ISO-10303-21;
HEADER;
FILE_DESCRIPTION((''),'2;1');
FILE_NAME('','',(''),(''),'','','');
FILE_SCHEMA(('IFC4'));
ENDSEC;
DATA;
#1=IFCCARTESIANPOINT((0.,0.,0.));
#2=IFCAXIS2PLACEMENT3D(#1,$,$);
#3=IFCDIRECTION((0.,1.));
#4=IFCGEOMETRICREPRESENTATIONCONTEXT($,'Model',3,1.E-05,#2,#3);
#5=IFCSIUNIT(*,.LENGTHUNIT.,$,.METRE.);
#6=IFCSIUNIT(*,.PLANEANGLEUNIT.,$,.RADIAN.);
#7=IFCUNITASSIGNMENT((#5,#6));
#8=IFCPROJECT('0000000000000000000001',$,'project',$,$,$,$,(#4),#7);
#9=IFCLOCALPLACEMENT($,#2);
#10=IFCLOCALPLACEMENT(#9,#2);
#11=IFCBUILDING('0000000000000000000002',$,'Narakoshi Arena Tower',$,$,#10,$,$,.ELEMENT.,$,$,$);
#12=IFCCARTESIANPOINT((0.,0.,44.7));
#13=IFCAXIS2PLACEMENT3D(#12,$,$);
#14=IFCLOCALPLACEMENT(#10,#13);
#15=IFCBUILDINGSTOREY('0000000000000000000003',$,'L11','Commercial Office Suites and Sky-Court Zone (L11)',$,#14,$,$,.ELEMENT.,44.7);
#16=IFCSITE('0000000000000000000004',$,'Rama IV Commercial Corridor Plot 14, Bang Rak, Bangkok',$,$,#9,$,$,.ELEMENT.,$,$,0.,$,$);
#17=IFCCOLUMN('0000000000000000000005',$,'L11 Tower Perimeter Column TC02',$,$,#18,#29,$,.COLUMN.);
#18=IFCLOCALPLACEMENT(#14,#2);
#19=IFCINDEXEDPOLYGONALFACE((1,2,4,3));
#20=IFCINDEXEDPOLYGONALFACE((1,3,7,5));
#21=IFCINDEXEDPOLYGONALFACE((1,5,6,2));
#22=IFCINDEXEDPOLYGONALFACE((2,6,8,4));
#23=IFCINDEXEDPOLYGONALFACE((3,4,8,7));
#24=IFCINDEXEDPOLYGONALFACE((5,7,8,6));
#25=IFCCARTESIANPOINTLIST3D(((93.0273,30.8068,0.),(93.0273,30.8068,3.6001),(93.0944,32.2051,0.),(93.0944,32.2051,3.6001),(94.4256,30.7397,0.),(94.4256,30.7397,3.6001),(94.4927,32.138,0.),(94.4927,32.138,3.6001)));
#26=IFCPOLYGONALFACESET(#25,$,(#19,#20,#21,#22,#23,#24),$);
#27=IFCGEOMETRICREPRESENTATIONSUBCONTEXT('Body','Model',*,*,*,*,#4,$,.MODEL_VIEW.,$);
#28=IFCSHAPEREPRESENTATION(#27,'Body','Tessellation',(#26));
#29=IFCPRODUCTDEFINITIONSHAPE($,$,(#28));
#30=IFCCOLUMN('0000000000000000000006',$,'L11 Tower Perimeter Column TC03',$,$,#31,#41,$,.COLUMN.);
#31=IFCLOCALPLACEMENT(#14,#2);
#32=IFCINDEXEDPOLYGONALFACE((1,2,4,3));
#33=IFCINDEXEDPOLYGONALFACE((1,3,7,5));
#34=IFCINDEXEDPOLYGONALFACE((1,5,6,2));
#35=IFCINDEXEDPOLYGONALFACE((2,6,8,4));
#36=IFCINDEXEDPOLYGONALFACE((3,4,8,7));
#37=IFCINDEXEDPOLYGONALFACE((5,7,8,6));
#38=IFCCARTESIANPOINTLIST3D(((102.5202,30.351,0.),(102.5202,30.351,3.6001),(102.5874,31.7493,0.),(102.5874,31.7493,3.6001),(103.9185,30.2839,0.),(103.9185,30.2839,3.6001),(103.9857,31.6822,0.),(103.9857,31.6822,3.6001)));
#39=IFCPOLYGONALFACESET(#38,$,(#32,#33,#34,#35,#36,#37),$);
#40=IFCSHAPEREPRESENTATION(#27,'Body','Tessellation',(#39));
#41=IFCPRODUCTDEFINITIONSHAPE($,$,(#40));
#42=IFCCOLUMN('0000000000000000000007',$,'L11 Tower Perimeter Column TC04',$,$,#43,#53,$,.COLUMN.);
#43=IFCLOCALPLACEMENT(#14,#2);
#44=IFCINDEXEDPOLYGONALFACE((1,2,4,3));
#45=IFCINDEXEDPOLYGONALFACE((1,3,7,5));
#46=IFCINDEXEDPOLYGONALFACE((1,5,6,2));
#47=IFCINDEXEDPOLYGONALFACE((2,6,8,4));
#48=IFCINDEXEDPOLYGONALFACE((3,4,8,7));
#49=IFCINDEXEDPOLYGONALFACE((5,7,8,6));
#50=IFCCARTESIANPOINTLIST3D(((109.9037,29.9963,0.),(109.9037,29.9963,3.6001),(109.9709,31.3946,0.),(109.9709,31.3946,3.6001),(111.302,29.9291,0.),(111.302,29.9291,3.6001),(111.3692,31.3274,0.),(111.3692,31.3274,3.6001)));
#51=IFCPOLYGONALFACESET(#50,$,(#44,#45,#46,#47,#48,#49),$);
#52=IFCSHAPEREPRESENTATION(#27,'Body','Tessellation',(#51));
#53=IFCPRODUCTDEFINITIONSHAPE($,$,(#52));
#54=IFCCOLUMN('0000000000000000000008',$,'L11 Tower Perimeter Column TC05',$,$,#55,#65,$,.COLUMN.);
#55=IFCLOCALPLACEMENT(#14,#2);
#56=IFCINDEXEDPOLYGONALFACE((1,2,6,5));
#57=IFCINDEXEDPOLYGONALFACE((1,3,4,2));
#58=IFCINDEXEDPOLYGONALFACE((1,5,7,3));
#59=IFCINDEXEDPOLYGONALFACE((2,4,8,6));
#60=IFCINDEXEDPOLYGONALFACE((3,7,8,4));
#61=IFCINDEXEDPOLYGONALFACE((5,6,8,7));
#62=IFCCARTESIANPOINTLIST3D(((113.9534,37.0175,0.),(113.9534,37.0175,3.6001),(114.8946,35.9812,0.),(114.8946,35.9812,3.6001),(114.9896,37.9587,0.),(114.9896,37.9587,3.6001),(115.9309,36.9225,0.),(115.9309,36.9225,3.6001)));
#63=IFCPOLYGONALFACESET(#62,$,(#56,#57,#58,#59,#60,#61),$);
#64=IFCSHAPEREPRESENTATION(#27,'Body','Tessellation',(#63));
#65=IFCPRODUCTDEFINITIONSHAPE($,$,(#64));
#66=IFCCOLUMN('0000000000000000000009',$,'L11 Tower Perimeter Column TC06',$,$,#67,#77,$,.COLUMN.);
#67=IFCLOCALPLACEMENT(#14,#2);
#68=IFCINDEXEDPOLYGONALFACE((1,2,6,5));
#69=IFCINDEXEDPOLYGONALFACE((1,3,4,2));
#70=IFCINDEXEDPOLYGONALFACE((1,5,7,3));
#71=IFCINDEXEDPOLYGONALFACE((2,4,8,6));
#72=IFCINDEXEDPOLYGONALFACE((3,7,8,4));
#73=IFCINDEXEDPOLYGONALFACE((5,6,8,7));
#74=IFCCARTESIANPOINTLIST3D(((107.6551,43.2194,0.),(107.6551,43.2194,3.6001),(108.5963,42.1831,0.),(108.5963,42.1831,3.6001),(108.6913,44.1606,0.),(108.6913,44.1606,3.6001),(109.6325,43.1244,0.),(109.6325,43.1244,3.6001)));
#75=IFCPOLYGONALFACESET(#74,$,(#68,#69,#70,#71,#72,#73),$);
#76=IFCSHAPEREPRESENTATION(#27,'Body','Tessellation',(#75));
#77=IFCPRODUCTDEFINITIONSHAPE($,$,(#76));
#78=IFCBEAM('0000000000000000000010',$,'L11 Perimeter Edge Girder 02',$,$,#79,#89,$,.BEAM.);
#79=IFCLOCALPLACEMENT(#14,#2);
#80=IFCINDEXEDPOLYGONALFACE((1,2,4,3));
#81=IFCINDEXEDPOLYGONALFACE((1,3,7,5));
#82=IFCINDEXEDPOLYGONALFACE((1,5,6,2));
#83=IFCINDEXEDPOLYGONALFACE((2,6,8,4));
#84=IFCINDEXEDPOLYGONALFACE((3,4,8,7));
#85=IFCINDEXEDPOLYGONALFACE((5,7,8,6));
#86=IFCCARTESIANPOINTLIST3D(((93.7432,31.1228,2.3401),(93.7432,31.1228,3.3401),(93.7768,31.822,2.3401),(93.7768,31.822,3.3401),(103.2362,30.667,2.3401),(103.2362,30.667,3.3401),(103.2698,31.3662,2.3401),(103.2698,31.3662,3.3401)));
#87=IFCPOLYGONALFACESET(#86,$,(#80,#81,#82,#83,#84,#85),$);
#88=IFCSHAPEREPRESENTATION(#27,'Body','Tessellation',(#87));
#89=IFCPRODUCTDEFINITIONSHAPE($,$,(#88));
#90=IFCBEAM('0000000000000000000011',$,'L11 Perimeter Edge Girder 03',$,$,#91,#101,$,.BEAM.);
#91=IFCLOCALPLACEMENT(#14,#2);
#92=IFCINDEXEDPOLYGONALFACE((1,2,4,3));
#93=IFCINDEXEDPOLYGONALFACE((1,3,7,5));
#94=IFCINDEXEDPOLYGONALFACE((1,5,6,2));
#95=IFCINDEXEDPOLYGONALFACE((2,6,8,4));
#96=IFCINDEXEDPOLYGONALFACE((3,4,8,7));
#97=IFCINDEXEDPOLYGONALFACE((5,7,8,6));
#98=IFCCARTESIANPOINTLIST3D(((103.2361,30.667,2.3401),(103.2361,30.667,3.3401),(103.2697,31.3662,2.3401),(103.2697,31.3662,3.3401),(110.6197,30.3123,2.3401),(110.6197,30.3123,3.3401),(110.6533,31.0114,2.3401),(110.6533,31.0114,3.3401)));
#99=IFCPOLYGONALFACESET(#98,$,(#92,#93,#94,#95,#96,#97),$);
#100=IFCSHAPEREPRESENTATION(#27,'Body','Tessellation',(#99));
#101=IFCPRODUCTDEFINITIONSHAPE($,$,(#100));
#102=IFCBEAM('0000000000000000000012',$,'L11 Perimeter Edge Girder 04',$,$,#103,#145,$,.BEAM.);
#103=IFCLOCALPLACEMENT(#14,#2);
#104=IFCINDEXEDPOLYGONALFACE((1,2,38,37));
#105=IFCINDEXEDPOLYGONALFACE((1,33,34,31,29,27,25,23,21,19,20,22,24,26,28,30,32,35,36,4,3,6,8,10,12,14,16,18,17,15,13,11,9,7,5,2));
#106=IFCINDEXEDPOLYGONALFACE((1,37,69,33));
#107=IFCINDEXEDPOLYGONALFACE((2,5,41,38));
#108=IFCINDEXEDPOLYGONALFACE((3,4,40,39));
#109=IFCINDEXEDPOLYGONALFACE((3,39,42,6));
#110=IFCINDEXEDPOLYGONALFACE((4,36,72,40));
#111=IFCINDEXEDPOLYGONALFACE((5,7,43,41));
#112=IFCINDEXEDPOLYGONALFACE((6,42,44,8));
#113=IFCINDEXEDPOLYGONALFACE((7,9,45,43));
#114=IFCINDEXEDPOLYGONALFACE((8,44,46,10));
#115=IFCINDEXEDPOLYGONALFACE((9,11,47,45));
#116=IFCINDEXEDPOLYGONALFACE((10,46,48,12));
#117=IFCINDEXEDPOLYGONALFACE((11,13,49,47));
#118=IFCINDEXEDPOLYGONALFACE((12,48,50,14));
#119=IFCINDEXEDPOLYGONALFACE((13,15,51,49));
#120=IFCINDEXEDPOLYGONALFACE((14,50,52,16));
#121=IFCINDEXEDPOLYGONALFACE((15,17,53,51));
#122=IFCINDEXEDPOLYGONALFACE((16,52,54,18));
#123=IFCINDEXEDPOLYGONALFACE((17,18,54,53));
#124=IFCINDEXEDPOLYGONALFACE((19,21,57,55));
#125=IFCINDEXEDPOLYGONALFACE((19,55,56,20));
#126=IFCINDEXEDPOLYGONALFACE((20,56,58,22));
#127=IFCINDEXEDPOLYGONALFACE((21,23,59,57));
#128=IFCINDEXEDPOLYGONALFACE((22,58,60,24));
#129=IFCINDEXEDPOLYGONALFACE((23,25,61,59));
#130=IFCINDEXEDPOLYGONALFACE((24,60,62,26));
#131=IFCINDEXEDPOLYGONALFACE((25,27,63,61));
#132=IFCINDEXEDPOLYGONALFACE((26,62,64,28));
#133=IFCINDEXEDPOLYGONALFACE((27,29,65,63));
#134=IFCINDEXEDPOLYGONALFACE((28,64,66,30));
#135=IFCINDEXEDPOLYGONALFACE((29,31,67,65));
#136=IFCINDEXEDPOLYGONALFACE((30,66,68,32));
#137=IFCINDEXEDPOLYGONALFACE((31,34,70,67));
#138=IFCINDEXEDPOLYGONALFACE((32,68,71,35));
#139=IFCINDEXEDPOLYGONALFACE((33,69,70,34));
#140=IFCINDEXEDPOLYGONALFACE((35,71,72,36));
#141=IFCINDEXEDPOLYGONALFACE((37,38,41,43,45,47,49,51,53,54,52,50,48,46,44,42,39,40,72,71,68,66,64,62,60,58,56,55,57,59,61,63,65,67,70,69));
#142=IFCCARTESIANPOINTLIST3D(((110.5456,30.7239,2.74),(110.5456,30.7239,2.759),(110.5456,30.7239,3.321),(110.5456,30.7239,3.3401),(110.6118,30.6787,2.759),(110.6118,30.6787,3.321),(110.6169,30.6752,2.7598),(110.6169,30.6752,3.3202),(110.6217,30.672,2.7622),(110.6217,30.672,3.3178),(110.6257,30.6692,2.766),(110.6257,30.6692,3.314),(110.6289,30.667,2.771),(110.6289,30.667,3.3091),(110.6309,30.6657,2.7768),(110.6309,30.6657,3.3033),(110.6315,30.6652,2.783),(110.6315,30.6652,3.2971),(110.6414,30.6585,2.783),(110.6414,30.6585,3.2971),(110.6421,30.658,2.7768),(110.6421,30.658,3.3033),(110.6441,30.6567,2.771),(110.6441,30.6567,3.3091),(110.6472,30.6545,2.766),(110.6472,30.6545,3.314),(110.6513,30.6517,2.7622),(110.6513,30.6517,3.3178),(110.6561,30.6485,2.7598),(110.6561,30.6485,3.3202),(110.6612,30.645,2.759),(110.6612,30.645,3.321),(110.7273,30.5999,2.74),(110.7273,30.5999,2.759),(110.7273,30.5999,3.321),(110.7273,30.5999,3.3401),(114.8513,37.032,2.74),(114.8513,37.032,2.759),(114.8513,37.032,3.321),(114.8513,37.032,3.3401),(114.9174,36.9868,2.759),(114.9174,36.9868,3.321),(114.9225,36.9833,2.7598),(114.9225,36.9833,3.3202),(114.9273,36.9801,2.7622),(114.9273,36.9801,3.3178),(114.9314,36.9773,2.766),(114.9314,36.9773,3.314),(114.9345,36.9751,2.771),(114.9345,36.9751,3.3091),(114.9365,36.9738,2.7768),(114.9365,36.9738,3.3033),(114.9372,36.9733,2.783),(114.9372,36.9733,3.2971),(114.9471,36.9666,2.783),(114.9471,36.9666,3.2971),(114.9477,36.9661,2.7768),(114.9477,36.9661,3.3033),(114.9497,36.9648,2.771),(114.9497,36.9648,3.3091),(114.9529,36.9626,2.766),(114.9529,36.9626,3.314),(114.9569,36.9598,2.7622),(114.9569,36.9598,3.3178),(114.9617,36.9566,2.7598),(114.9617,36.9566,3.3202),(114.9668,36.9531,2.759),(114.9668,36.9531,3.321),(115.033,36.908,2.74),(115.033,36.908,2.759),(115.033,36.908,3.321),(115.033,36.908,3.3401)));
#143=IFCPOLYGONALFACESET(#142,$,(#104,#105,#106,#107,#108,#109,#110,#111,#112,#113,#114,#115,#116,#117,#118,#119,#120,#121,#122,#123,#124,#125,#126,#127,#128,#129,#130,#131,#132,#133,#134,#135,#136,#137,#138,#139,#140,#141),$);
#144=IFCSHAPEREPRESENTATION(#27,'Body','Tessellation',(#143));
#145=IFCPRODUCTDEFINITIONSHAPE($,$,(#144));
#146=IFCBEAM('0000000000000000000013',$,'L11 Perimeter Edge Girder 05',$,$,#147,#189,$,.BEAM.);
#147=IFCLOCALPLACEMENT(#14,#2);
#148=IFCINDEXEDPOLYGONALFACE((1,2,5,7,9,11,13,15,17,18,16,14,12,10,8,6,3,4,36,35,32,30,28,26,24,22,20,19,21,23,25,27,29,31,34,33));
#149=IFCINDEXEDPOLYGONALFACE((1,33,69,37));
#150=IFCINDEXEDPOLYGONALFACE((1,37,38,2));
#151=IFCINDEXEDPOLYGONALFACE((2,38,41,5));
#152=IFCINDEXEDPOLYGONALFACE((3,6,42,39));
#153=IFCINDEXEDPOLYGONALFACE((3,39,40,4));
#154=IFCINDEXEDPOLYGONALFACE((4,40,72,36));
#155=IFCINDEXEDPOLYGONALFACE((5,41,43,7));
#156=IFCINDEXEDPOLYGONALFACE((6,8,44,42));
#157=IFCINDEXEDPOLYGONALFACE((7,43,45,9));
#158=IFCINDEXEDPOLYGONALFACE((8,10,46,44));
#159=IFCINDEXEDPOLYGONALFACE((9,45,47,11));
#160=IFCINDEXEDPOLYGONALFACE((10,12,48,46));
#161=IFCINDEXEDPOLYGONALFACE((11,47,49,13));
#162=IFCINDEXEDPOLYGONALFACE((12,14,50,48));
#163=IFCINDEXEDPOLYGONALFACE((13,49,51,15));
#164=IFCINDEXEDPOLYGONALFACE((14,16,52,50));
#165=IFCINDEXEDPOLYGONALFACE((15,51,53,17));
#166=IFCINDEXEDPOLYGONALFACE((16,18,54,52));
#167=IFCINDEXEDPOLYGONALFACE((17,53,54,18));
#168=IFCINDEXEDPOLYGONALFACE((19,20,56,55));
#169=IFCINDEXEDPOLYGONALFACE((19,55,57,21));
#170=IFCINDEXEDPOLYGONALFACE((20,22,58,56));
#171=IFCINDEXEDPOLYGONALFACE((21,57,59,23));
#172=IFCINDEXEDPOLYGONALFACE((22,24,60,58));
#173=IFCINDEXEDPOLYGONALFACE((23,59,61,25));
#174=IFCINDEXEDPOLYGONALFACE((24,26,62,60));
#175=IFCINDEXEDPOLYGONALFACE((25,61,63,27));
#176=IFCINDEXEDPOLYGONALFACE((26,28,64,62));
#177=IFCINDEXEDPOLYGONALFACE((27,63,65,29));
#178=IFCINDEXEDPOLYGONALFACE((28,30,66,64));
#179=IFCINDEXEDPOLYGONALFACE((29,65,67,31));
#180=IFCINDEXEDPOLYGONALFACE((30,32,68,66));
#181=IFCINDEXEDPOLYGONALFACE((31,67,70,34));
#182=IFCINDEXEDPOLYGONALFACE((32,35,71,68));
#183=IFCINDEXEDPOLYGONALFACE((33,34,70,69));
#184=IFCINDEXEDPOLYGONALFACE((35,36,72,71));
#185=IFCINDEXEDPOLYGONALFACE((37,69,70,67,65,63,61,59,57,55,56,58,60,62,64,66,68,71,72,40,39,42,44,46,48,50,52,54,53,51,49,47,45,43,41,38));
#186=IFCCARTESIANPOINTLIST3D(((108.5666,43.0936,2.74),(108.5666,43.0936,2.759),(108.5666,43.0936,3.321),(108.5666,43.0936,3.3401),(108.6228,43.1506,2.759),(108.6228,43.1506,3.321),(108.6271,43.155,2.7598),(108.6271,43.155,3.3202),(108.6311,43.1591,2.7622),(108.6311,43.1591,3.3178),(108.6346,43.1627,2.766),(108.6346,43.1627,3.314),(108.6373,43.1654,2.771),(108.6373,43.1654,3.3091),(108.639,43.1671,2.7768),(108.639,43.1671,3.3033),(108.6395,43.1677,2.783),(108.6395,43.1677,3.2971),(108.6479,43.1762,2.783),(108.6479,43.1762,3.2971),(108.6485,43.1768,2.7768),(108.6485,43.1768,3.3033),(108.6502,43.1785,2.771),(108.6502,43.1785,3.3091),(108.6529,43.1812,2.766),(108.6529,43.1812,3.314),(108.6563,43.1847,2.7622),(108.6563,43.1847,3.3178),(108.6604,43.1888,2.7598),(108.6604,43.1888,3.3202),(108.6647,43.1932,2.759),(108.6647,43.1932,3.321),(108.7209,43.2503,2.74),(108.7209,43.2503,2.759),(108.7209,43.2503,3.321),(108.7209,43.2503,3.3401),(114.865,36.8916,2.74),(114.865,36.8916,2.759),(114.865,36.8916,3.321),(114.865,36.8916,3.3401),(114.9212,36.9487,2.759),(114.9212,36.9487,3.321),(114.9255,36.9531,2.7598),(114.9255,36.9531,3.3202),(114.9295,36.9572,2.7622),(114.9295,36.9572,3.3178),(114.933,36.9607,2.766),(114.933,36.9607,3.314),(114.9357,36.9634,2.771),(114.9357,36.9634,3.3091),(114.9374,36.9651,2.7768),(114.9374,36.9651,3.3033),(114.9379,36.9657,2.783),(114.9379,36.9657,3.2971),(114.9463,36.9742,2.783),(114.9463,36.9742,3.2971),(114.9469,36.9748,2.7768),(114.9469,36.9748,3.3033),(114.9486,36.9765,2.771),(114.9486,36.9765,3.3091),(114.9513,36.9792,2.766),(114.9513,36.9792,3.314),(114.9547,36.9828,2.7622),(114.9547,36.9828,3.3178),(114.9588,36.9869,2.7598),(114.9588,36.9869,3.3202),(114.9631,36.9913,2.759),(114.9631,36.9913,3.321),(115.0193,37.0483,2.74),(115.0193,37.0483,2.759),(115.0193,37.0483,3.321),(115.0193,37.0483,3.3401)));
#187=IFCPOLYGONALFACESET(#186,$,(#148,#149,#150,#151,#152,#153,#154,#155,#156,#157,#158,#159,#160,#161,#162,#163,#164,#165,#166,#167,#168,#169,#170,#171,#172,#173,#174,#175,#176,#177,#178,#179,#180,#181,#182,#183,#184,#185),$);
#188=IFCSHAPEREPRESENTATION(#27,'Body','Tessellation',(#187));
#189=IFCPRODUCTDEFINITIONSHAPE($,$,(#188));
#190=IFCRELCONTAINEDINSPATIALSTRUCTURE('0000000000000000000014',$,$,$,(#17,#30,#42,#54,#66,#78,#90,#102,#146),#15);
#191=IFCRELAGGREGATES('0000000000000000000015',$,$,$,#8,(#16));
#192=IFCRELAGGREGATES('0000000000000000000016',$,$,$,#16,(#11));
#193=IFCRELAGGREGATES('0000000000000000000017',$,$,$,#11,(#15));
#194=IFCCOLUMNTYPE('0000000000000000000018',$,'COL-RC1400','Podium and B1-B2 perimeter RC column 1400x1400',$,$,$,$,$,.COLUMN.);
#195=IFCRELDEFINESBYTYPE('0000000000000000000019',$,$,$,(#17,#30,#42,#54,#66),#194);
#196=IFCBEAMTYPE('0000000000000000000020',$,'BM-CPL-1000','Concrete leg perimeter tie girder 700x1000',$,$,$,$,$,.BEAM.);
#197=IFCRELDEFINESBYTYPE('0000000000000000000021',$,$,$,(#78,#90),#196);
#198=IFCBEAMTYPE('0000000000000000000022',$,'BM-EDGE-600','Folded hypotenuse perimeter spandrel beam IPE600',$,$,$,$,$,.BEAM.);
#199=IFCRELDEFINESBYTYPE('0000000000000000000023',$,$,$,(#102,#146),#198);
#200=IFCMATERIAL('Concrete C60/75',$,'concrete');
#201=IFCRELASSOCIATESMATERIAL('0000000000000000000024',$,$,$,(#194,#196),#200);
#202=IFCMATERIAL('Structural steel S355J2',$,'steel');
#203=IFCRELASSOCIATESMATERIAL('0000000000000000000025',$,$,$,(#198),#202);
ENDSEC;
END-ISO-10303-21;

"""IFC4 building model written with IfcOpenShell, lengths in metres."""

from ifc_helpers import new_model, si_unit, direction, frame, origin, origin_2d, place, context, subcontext, project, spatial, rectangle, i_section, extrude, material, material_profile, profile_set, type_object, element, save


model = new_model("IFC4")

# Units and contexts
model_context = context("Model", 3, precision=1e-05, world=origin(), true_north=direction((0.0, 1.0)))
body_context = subcontext(model_context, "Body", "Model", "MODEL_VIEW")
ifc_project = project(units=[si_unit("LENGTHUNIT", "METRE"), si_unit("PLANEANGLEUNIT", "RADIAN")], contexts=[model_context])

# Site, building, storey
site_placement = place(None, origin())
site = spatial("IfcSite", under=ifc_project, at=site_placement, Name="Rama IV Commercial Corridor Plot 14, Bang Rak, Bangkok", CompositionType="ELEMENT", RefElevation=0.0)
building_placement = place(site_placement, origin())
building = spatial("IfcBuilding", under=site, at=building_placement, Name="Narakoshi Arena Tower", CompositionType="ELEMENT")
storey_placement = place(building_placement, frame((0.0, 0.0, 44.7)))
storey = spatial("IfcBuildingStorey", under=building, at=storey_placement, Name="L11", Description="Commercial Office Suites and Sky-Court Zone (L11)", CompositionType="ELEMENT", Elevation=44.7)

# Columns
ifc_material_1 = material(Name="Concrete C60/75", Category="concrete")
ifc_material_profile_1 = material_profile(ifc_material_1, rectangle(XDim=1.3999, YDim=1.3999, at=origin_2d()), Name="RC1400x1400")
ifc_profile_set_1 = profile_set([ifc_material_profile_1], Name="Concrete C60/75")
column_type = type_object("IfcColumnType", Name="COL-RC1400", Description="Podium and B1-B2 perimeter RC column 1400x1400", PredefinedType="COLUMN", material=ifc_profile_set_1)
for number, where, z_axis, x_axis, name in (
    (1, (93.76, 31.4724, 0.0), (0.0, 0.0, 1.0), (-0.998848, 0.047978, 0.0), "L11 Tower Perimeter Column TC02"),
    (2, (103.2529, 31.0166, 0.0), (0.0, 0.0, 1.0), (-0.998848, 0.047978, 0.0), "L11 Tower Perimeter Column TC03"),
    (3, (110.6365, 30.6619, 0.0), (0.0, 0.0, 1.0), (-0.998848, 0.047978, 0.0), "L11 Tower Perimeter Column TC04"),
    (4, (114.9421, 36.97, 0.0), (0.0, 0.0, 1.0), (0.740218, 0.672367, 0.0), "L11 Tower Perimeter Column TC05"),
    (5, (108.6438, 43.1719, 0.0), (0.0, 0.0, 1.0), (0.740218, 0.672367, 0.0), "L11 Tower Perimeter Column TC06"),
):
    element("IfcColumn", number, at=place(storey_placement, frame(where, z_axis=z_axis, x_axis=x_axis)), inside=storey, type_object=column_type, Name=name, PredefinedType="COLUMN", context=body_context, shape_type="SweptSolid", body=[
        extrude(rectangle(XDim=1.3999, YDim=1.3999, at=origin_2d()), origin(), (0.0, 0.0, 1.0), 3.6001),
    ])

# Beams
ifc_material_profile_2 = material_profile(ifc_material_1, rectangle(XDim=0.7, YDim=1.0, at=origin_2d()), Name="RCB700x1000")
ifc_profile_set_2 = profile_set([ifc_material_profile_2], Name="Concrete C60/75")
beam_type_1 = type_object("IfcBeamType", Name="BM-CPL-1000", Description="Concrete leg perimeter tie girder 700x1000", PredefinedType="BEAM", material=ifc_profile_set_2)
beam_1_placement = place(storey_placement, frame((93.76, 31.4724, 2.8401), z_axis=(0.998849, -0.047961, 0.0), x_axis=(0.047961, 0.998849, 0.0)))
element("IfcBeam", 6, at=beam_1_placement, inside=storey, type_object=beam_type_1, Name="L11 Perimeter Edge Girder 02", PredefinedType="BEAM", context=body_context, shape_type="SweptSolid", body=[
    extrude(rectangle(XDim=0.7, YDim=1.0, at=origin_2d()), origin(), (0.0, 0.0, 1.0), 9.5039),
])
beam_2_placement = place(storey_placement, frame((103.2529, 31.0166, 2.8401), z_axis=(0.998848, -0.047989, 0.0), x_axis=(0.047989, 0.998848, 0.0)))
element("IfcBeam", 7, at=beam_2_placement, inside=storey, type_object=beam_type_1, Name="L11 Perimeter Edge Girder 03", PredefinedType="BEAM", context=body_context, shape_type="SweptSolid", body=[
    extrude(rectangle(XDim=0.7, YDim=1.0, at=origin_2d()), origin(), (0.0, 0.0, 1.0), 7.3921),
])
ifc_material_2 = material(Name="Structural steel S355J2", Category="steel")
ifc_material_profile_3 = material_profile(ifc_material_2, i_section(OverallWidth=0.22, OverallDepth=0.6001, WebThickness=0.012, FlangeThickness=0.019, FilletRadius=0.0239, at=origin_2d()), Name="IPE600")
ifc_profile_set_3 = profile_set([ifc_material_profile_3], Name="Structural steel S355J2")
beam_type_2 = type_object("IfcBeamType", Name="BM-EDGE-600", Description="Folded hypotenuse perimeter spandrel beam IPE600", PredefinedType="BEAM", material=ifc_profile_set_3)
beam_3_placement = place(storey_placement, frame((110.6365, 30.6619, 3.04), z_axis=(0.563755, 0.825942, 0.0), x_axis=(-0.825942, 0.563755, 0.0)))
element("IfcBeam", 8, at=beam_3_placement, inside=storey, type_object=beam_type_2, Name="L11 Perimeter Edge Girder 04", PredefinedType="BEAM", context=body_context, shape_type="SweptSolid", body=[
    extrude(i_section(OverallWidth=0.22, OverallDepth=0.6001, WebThickness=0.012, FlangeThickness=0.019, FilletRadius=0.0239, at=origin_2d()), origin(), (0.0, 0.0, 1.0), 7.6375),
])
for number, where, z_axis, x_axis, name in (
    (9, (114.9421, 36.97, 3.04), (-0.712541, 0.701631, 0.0), (-0.701631, -0.712541, 0.0), "L11 Perimeter Edge Girder 05"),
):
    element("IfcBeam", number, at=place(storey_placement, frame(where, z_axis=z_axis, x_axis=x_axis)), inside=storey, type_object=beam_type_2, Name=name, PredefinedType="BEAM", context=body_context, shape_type="SweptSolid", body=[
        extrude(i_section(OverallWidth=0.22, OverallDepth=0.6001, WebThickness=0.012, FlangeThickness=0.019, FilletRadius=0.0239, at=origin_2d()), origin(), (0.0, 0.0, 1.0), 8.8394),
    ])

save(model, "model.ifc")
